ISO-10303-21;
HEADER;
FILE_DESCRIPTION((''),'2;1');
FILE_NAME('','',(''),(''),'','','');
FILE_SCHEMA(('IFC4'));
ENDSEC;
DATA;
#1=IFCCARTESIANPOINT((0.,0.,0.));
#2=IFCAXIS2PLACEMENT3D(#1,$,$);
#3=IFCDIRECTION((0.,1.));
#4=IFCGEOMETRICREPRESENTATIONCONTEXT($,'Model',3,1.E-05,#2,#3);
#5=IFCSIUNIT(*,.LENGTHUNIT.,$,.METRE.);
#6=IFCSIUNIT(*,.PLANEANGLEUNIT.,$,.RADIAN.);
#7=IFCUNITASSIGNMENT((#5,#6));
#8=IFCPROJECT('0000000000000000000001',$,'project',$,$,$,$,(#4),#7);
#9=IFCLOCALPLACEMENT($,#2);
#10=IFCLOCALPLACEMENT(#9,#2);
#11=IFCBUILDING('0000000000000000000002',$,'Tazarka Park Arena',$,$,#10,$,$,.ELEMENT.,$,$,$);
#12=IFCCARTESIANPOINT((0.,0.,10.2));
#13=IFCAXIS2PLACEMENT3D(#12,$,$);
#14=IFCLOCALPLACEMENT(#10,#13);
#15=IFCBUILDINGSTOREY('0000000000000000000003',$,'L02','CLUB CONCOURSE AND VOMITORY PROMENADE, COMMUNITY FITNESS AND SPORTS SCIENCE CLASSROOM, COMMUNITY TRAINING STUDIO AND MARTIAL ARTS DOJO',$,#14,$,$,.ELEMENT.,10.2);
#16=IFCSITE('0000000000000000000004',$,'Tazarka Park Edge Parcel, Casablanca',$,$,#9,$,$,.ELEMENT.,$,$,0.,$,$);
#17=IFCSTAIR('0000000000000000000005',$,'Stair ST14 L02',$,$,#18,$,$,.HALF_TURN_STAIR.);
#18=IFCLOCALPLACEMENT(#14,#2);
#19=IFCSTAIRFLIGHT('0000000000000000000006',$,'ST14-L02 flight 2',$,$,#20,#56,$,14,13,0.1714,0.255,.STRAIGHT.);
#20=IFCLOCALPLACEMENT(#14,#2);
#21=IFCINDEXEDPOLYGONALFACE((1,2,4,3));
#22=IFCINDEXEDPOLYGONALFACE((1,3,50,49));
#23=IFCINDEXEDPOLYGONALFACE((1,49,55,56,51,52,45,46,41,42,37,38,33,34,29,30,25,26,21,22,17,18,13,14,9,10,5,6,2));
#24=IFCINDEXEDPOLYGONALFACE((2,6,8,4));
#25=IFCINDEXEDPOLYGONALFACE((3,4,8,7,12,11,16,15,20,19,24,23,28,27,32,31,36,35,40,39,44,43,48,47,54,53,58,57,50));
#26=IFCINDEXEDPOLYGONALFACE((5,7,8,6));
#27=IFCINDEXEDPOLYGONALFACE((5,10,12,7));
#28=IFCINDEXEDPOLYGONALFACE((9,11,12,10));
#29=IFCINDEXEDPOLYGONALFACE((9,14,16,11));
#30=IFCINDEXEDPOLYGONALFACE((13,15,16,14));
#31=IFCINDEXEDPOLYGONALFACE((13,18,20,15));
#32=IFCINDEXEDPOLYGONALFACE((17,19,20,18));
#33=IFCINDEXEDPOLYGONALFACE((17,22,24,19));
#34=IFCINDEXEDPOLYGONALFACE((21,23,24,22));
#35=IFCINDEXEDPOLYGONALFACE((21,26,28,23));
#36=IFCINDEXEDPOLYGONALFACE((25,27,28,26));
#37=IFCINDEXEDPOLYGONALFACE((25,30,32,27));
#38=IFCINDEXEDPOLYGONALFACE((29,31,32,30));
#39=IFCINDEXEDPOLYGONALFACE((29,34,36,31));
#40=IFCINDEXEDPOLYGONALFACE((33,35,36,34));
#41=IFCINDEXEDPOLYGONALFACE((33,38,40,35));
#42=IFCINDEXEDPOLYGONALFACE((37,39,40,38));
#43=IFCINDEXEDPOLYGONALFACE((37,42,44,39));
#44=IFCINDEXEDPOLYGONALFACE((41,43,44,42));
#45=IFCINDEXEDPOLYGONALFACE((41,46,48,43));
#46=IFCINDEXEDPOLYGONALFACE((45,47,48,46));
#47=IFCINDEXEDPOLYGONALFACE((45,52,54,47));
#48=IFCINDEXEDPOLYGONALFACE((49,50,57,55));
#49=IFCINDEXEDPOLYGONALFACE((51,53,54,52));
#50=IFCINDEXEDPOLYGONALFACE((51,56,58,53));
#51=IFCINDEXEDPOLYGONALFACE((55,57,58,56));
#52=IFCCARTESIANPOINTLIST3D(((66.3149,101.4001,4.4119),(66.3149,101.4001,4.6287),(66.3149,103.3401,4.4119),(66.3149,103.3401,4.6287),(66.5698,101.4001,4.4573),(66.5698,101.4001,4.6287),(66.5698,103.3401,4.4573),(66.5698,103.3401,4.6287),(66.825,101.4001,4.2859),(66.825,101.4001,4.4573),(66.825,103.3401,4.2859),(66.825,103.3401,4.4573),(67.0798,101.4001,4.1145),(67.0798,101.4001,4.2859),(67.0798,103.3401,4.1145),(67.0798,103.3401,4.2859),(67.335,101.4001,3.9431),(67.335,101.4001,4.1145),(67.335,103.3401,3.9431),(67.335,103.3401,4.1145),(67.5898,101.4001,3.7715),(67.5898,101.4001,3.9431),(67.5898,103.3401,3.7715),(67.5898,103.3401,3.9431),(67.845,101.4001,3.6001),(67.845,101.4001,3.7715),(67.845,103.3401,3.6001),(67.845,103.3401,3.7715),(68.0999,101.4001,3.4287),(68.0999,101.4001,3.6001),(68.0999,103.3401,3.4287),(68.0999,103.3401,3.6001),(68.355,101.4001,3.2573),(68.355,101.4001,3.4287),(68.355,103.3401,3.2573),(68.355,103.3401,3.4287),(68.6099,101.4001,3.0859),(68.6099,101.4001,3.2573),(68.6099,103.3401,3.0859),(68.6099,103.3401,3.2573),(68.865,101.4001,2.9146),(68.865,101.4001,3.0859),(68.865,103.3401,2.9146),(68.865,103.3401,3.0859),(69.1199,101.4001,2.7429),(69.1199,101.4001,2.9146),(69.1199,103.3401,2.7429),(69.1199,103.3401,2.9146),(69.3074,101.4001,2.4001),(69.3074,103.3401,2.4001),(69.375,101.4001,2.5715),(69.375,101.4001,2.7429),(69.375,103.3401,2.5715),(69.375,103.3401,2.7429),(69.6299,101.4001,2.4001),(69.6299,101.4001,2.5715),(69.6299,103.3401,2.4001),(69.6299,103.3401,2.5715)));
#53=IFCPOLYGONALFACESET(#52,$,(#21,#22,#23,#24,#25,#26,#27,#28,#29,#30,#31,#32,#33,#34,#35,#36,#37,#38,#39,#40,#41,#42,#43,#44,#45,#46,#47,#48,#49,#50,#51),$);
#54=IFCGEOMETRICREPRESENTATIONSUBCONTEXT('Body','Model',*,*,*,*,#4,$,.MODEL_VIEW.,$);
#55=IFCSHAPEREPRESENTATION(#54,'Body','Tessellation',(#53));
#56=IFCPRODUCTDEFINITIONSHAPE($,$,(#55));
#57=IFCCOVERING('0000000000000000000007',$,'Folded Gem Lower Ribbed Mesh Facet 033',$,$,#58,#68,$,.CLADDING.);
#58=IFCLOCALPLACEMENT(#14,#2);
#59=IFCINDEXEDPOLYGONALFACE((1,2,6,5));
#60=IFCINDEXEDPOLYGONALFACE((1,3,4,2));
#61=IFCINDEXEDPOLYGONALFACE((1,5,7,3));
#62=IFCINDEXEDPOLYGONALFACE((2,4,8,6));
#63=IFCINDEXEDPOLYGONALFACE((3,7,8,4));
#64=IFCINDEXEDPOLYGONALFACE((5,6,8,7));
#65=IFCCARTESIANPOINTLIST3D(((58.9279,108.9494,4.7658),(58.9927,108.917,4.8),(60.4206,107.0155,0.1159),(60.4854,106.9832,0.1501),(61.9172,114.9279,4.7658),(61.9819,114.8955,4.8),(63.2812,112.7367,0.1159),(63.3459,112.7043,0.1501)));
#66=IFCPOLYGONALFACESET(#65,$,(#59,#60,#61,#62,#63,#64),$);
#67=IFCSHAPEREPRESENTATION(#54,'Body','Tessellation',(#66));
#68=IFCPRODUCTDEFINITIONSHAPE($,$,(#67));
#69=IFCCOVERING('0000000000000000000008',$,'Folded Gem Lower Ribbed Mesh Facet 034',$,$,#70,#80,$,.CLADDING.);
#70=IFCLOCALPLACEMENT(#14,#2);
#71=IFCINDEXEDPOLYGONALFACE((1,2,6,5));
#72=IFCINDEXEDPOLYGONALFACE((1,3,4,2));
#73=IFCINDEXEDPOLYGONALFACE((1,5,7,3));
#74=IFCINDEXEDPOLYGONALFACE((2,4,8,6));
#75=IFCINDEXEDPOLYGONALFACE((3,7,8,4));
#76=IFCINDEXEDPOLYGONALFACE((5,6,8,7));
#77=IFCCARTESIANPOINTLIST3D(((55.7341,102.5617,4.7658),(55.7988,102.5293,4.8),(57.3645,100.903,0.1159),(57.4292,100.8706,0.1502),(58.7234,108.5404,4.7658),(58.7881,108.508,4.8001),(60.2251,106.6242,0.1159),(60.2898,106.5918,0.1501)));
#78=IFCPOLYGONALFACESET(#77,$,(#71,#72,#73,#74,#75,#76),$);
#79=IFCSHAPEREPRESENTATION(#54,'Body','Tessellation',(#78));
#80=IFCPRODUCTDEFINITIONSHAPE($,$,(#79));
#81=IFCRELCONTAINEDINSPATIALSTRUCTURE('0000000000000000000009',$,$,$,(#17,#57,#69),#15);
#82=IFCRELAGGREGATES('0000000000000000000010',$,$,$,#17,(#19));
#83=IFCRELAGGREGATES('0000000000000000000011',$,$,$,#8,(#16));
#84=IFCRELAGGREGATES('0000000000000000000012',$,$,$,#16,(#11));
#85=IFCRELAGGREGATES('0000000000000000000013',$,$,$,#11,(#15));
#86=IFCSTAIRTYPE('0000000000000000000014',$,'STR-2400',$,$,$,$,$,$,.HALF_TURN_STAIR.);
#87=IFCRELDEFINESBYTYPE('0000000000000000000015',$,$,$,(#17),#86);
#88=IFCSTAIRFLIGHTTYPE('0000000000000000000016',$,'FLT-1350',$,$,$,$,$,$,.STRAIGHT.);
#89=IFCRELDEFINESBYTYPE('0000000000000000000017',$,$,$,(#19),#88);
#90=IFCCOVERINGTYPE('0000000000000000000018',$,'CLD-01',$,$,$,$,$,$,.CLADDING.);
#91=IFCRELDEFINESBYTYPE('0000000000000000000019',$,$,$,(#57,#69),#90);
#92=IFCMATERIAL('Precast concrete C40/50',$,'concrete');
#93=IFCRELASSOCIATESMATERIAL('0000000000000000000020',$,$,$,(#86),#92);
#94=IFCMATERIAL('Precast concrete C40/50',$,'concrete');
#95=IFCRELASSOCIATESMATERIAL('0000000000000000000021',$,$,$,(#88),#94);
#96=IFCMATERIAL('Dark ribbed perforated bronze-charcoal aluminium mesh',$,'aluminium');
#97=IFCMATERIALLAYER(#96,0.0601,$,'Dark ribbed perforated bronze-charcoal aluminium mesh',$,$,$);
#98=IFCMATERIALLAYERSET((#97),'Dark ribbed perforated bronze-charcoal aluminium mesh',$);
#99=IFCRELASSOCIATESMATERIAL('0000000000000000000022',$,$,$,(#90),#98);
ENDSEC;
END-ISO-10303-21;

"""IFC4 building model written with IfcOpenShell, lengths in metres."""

from ifc_helpers import new_model, si_unit, direction, frame, origin, place, context, subcontext, project, spatial, polyline, outline, extrude, material, layer, layer_set, type_object, element, aggregate, save


model = new_model("IFC4")

# Units and contexts
model_context = context("Model", 3, precision=1e-05, world=origin(), true_north=direction((0.0, 1.0)))
body_context = subcontext(model_context, "Body", "Model", "MODEL_VIEW")
ifc_project = project(units=[si_unit("LENGTHUNIT", "METRE"), si_unit("PLANEANGLEUNIT", "RADIAN")], contexts=[model_context])

# Site, building, storey
site_placement = place(None, origin())
site = spatial("IfcSite", under=ifc_project, at=site_placement, Name="Tazarka Park Edge Parcel, Casablanca", CompositionType="ELEMENT", RefElevation=0.0)
building_placement = place(site_placement, origin())
building = spatial("IfcBuilding", under=site, at=building_placement, Name="Tazarka Park Arena", CompositionType="ELEMENT")
storey_placement = place(building_placement, frame((0.0, 0.0, 10.2)))
storey = spatial("IfcBuildingStorey", under=building, at=storey_placement, Name="L02", Description="CLUB CONCOURSE AND VOMITORY PROMENADE, COMMUNITY FITNESS AND SPORTS SCIENCE CLASSROOM, COMMUNITY TRAINING STUDIO AND MARTIAL ARTS DOJO", CompositionType="ELEMENT", Elevation=10.2)

# Stair, stair flight
ifc_material_1 = material(Name="Precast concrete C40/50", Category="concrete")
stair_type = type_object("IfcStairType", Name="STR-2400", PredefinedType="HALF_TURN_STAIR", material=ifc_material_1)
stair_placement = place(storey_placement, origin())
stair = element("IfcStair", 1, at=stair_placement, inside=storey, type_object=stair_type, Name="Stair ST14 L02", PredefinedType="HALF_TURN_STAIR")
ifc_material_2 = material(Name="Precast concrete C40/50", Category="concrete")
stair_flight_type = type_object("IfcStairFlightType", Name="FLT-1350", PredefinedType="STRAIGHT", material=ifc_material_2)
stair_flight_placement = place(storey_placement, frame((69.6299, 102.3701, 2.4001), z_axis=(0.0, 0.0, 1.0), x_axis=(-1.0, 0.0, 0.0)))
stair_flight = element("IfcStairFlight", 2, at=stair_flight_placement, type_object=stair_flight_type, Name="ST14-L02 flight 2", NumberOfRisers=14, NumberOfTreads=13, PredefinedType="STRAIGHT", RiserHeight=0.1714, TreadLength=0.255, context=body_context, shape_type="SweptSolid", body=[
    extrude(outline(polyline([(0.0, 0.0), (0.0, 0.1714), (0.2549, 0.1714), (0.2549, 0.3428), (0.51, 0.3428), (0.51, 0.5144), (0.7649, 0.5144), (0.7649, 0.6858), (1.02, 0.6858), (1.02, 0.8572), (1.2749, 0.8572), (1.2749, 1.0286), (1.53, 1.0286), (1.53, 1.2), (1.7849, 1.2), (1.7849, 1.3713), (2.04, 1.3713), (2.04, 1.543), (2.2949, 1.543), (2.2949, 1.7144), (2.55, 1.7144), (2.55, 1.8857), (2.8049, 1.8857), (2.8049, 2.0571), (3.0601, 2.0571), (3.0601, 2.2285), (3.3149, 2.2285), (3.3149, 2.3999), (3.3149, 2.0117), (0.3225, 0.0), (0.0, 0.0)])), frame((0.0, 0.97, 0.0), z_axis=(0.0, -1.0, 0.0), x_axis=(1.0, 0.0, 0.0)), (0.0, 0.0, 1.0), 1.9399),
])
aggregate(stair, [stair_flight])

# Coverings
ifc_material_3 = material(Name="Dark ribbed perforated bronze-charcoal aluminium mesh", Category="aluminium")
ifc_layer_1 = layer(ifc_material_3, 0.0601, Name="Dark ribbed perforated bronze-charcoal aluminium mesh")
ifc_layer_set_1 = layer_set([ifc_layer_1], Name="Dark ribbed perforated bronze-charcoal aluminium mesh")
covering_type = type_object("IfcCoveringType", Name="CLD-01", PredefinedType="CLADDING", material=ifc_layer_set_1)
covering_1_placement = place(storey_placement, frame((63.3459, 112.7043, 0.1501), z_axis=(0.808506, -0.404253, 0.427664), x_axis=(-0.447214, -0.894427, 0.0)))
element("IfcCovering", 3, at=covering_1_placement, inside=storey, type_object=covering_type, Name="Folded Gem Lower Ribbed Mesh Facet 033", PredefinedType="CLADDING", context=body_context, shape_type="SweptSolid", body=[
    extrude(outline(polyline([(0.0, 0.0), (6.3965, 0.0), (5.3344, -5.1441), (-1.3498, -5.1441), (0.0, 0.0)])), origin(), (0.0, 0.0, -1.0), 0.0801),
])
covering_2_placement = place(storey_placement, frame((60.2898, 106.5918, 0.1501), z_axis=(0.808499, -0.404241, 0.427689), x_axis=(-0.447207, -0.89443, 0.000003)))
element("IfcCovering", 4, at=covering_2_placement, inside=storey, type_object=covering_type, Name="Folded Gem Lower Ribbed Mesh Facet 034", PredefinedType="CLADDING", context=body_context, shape_type="SweptSolid", body=[
    extrude(outline(polyline([(0.0, 0.0), (6.3965, 0.0), (5.642, -5.1441), (-1.0424, -5.1441), (0.0, 0.0)])), origin(), (0.0, 0.0, -1.0), 0.0801),
])

save(model, "model.ifc")
